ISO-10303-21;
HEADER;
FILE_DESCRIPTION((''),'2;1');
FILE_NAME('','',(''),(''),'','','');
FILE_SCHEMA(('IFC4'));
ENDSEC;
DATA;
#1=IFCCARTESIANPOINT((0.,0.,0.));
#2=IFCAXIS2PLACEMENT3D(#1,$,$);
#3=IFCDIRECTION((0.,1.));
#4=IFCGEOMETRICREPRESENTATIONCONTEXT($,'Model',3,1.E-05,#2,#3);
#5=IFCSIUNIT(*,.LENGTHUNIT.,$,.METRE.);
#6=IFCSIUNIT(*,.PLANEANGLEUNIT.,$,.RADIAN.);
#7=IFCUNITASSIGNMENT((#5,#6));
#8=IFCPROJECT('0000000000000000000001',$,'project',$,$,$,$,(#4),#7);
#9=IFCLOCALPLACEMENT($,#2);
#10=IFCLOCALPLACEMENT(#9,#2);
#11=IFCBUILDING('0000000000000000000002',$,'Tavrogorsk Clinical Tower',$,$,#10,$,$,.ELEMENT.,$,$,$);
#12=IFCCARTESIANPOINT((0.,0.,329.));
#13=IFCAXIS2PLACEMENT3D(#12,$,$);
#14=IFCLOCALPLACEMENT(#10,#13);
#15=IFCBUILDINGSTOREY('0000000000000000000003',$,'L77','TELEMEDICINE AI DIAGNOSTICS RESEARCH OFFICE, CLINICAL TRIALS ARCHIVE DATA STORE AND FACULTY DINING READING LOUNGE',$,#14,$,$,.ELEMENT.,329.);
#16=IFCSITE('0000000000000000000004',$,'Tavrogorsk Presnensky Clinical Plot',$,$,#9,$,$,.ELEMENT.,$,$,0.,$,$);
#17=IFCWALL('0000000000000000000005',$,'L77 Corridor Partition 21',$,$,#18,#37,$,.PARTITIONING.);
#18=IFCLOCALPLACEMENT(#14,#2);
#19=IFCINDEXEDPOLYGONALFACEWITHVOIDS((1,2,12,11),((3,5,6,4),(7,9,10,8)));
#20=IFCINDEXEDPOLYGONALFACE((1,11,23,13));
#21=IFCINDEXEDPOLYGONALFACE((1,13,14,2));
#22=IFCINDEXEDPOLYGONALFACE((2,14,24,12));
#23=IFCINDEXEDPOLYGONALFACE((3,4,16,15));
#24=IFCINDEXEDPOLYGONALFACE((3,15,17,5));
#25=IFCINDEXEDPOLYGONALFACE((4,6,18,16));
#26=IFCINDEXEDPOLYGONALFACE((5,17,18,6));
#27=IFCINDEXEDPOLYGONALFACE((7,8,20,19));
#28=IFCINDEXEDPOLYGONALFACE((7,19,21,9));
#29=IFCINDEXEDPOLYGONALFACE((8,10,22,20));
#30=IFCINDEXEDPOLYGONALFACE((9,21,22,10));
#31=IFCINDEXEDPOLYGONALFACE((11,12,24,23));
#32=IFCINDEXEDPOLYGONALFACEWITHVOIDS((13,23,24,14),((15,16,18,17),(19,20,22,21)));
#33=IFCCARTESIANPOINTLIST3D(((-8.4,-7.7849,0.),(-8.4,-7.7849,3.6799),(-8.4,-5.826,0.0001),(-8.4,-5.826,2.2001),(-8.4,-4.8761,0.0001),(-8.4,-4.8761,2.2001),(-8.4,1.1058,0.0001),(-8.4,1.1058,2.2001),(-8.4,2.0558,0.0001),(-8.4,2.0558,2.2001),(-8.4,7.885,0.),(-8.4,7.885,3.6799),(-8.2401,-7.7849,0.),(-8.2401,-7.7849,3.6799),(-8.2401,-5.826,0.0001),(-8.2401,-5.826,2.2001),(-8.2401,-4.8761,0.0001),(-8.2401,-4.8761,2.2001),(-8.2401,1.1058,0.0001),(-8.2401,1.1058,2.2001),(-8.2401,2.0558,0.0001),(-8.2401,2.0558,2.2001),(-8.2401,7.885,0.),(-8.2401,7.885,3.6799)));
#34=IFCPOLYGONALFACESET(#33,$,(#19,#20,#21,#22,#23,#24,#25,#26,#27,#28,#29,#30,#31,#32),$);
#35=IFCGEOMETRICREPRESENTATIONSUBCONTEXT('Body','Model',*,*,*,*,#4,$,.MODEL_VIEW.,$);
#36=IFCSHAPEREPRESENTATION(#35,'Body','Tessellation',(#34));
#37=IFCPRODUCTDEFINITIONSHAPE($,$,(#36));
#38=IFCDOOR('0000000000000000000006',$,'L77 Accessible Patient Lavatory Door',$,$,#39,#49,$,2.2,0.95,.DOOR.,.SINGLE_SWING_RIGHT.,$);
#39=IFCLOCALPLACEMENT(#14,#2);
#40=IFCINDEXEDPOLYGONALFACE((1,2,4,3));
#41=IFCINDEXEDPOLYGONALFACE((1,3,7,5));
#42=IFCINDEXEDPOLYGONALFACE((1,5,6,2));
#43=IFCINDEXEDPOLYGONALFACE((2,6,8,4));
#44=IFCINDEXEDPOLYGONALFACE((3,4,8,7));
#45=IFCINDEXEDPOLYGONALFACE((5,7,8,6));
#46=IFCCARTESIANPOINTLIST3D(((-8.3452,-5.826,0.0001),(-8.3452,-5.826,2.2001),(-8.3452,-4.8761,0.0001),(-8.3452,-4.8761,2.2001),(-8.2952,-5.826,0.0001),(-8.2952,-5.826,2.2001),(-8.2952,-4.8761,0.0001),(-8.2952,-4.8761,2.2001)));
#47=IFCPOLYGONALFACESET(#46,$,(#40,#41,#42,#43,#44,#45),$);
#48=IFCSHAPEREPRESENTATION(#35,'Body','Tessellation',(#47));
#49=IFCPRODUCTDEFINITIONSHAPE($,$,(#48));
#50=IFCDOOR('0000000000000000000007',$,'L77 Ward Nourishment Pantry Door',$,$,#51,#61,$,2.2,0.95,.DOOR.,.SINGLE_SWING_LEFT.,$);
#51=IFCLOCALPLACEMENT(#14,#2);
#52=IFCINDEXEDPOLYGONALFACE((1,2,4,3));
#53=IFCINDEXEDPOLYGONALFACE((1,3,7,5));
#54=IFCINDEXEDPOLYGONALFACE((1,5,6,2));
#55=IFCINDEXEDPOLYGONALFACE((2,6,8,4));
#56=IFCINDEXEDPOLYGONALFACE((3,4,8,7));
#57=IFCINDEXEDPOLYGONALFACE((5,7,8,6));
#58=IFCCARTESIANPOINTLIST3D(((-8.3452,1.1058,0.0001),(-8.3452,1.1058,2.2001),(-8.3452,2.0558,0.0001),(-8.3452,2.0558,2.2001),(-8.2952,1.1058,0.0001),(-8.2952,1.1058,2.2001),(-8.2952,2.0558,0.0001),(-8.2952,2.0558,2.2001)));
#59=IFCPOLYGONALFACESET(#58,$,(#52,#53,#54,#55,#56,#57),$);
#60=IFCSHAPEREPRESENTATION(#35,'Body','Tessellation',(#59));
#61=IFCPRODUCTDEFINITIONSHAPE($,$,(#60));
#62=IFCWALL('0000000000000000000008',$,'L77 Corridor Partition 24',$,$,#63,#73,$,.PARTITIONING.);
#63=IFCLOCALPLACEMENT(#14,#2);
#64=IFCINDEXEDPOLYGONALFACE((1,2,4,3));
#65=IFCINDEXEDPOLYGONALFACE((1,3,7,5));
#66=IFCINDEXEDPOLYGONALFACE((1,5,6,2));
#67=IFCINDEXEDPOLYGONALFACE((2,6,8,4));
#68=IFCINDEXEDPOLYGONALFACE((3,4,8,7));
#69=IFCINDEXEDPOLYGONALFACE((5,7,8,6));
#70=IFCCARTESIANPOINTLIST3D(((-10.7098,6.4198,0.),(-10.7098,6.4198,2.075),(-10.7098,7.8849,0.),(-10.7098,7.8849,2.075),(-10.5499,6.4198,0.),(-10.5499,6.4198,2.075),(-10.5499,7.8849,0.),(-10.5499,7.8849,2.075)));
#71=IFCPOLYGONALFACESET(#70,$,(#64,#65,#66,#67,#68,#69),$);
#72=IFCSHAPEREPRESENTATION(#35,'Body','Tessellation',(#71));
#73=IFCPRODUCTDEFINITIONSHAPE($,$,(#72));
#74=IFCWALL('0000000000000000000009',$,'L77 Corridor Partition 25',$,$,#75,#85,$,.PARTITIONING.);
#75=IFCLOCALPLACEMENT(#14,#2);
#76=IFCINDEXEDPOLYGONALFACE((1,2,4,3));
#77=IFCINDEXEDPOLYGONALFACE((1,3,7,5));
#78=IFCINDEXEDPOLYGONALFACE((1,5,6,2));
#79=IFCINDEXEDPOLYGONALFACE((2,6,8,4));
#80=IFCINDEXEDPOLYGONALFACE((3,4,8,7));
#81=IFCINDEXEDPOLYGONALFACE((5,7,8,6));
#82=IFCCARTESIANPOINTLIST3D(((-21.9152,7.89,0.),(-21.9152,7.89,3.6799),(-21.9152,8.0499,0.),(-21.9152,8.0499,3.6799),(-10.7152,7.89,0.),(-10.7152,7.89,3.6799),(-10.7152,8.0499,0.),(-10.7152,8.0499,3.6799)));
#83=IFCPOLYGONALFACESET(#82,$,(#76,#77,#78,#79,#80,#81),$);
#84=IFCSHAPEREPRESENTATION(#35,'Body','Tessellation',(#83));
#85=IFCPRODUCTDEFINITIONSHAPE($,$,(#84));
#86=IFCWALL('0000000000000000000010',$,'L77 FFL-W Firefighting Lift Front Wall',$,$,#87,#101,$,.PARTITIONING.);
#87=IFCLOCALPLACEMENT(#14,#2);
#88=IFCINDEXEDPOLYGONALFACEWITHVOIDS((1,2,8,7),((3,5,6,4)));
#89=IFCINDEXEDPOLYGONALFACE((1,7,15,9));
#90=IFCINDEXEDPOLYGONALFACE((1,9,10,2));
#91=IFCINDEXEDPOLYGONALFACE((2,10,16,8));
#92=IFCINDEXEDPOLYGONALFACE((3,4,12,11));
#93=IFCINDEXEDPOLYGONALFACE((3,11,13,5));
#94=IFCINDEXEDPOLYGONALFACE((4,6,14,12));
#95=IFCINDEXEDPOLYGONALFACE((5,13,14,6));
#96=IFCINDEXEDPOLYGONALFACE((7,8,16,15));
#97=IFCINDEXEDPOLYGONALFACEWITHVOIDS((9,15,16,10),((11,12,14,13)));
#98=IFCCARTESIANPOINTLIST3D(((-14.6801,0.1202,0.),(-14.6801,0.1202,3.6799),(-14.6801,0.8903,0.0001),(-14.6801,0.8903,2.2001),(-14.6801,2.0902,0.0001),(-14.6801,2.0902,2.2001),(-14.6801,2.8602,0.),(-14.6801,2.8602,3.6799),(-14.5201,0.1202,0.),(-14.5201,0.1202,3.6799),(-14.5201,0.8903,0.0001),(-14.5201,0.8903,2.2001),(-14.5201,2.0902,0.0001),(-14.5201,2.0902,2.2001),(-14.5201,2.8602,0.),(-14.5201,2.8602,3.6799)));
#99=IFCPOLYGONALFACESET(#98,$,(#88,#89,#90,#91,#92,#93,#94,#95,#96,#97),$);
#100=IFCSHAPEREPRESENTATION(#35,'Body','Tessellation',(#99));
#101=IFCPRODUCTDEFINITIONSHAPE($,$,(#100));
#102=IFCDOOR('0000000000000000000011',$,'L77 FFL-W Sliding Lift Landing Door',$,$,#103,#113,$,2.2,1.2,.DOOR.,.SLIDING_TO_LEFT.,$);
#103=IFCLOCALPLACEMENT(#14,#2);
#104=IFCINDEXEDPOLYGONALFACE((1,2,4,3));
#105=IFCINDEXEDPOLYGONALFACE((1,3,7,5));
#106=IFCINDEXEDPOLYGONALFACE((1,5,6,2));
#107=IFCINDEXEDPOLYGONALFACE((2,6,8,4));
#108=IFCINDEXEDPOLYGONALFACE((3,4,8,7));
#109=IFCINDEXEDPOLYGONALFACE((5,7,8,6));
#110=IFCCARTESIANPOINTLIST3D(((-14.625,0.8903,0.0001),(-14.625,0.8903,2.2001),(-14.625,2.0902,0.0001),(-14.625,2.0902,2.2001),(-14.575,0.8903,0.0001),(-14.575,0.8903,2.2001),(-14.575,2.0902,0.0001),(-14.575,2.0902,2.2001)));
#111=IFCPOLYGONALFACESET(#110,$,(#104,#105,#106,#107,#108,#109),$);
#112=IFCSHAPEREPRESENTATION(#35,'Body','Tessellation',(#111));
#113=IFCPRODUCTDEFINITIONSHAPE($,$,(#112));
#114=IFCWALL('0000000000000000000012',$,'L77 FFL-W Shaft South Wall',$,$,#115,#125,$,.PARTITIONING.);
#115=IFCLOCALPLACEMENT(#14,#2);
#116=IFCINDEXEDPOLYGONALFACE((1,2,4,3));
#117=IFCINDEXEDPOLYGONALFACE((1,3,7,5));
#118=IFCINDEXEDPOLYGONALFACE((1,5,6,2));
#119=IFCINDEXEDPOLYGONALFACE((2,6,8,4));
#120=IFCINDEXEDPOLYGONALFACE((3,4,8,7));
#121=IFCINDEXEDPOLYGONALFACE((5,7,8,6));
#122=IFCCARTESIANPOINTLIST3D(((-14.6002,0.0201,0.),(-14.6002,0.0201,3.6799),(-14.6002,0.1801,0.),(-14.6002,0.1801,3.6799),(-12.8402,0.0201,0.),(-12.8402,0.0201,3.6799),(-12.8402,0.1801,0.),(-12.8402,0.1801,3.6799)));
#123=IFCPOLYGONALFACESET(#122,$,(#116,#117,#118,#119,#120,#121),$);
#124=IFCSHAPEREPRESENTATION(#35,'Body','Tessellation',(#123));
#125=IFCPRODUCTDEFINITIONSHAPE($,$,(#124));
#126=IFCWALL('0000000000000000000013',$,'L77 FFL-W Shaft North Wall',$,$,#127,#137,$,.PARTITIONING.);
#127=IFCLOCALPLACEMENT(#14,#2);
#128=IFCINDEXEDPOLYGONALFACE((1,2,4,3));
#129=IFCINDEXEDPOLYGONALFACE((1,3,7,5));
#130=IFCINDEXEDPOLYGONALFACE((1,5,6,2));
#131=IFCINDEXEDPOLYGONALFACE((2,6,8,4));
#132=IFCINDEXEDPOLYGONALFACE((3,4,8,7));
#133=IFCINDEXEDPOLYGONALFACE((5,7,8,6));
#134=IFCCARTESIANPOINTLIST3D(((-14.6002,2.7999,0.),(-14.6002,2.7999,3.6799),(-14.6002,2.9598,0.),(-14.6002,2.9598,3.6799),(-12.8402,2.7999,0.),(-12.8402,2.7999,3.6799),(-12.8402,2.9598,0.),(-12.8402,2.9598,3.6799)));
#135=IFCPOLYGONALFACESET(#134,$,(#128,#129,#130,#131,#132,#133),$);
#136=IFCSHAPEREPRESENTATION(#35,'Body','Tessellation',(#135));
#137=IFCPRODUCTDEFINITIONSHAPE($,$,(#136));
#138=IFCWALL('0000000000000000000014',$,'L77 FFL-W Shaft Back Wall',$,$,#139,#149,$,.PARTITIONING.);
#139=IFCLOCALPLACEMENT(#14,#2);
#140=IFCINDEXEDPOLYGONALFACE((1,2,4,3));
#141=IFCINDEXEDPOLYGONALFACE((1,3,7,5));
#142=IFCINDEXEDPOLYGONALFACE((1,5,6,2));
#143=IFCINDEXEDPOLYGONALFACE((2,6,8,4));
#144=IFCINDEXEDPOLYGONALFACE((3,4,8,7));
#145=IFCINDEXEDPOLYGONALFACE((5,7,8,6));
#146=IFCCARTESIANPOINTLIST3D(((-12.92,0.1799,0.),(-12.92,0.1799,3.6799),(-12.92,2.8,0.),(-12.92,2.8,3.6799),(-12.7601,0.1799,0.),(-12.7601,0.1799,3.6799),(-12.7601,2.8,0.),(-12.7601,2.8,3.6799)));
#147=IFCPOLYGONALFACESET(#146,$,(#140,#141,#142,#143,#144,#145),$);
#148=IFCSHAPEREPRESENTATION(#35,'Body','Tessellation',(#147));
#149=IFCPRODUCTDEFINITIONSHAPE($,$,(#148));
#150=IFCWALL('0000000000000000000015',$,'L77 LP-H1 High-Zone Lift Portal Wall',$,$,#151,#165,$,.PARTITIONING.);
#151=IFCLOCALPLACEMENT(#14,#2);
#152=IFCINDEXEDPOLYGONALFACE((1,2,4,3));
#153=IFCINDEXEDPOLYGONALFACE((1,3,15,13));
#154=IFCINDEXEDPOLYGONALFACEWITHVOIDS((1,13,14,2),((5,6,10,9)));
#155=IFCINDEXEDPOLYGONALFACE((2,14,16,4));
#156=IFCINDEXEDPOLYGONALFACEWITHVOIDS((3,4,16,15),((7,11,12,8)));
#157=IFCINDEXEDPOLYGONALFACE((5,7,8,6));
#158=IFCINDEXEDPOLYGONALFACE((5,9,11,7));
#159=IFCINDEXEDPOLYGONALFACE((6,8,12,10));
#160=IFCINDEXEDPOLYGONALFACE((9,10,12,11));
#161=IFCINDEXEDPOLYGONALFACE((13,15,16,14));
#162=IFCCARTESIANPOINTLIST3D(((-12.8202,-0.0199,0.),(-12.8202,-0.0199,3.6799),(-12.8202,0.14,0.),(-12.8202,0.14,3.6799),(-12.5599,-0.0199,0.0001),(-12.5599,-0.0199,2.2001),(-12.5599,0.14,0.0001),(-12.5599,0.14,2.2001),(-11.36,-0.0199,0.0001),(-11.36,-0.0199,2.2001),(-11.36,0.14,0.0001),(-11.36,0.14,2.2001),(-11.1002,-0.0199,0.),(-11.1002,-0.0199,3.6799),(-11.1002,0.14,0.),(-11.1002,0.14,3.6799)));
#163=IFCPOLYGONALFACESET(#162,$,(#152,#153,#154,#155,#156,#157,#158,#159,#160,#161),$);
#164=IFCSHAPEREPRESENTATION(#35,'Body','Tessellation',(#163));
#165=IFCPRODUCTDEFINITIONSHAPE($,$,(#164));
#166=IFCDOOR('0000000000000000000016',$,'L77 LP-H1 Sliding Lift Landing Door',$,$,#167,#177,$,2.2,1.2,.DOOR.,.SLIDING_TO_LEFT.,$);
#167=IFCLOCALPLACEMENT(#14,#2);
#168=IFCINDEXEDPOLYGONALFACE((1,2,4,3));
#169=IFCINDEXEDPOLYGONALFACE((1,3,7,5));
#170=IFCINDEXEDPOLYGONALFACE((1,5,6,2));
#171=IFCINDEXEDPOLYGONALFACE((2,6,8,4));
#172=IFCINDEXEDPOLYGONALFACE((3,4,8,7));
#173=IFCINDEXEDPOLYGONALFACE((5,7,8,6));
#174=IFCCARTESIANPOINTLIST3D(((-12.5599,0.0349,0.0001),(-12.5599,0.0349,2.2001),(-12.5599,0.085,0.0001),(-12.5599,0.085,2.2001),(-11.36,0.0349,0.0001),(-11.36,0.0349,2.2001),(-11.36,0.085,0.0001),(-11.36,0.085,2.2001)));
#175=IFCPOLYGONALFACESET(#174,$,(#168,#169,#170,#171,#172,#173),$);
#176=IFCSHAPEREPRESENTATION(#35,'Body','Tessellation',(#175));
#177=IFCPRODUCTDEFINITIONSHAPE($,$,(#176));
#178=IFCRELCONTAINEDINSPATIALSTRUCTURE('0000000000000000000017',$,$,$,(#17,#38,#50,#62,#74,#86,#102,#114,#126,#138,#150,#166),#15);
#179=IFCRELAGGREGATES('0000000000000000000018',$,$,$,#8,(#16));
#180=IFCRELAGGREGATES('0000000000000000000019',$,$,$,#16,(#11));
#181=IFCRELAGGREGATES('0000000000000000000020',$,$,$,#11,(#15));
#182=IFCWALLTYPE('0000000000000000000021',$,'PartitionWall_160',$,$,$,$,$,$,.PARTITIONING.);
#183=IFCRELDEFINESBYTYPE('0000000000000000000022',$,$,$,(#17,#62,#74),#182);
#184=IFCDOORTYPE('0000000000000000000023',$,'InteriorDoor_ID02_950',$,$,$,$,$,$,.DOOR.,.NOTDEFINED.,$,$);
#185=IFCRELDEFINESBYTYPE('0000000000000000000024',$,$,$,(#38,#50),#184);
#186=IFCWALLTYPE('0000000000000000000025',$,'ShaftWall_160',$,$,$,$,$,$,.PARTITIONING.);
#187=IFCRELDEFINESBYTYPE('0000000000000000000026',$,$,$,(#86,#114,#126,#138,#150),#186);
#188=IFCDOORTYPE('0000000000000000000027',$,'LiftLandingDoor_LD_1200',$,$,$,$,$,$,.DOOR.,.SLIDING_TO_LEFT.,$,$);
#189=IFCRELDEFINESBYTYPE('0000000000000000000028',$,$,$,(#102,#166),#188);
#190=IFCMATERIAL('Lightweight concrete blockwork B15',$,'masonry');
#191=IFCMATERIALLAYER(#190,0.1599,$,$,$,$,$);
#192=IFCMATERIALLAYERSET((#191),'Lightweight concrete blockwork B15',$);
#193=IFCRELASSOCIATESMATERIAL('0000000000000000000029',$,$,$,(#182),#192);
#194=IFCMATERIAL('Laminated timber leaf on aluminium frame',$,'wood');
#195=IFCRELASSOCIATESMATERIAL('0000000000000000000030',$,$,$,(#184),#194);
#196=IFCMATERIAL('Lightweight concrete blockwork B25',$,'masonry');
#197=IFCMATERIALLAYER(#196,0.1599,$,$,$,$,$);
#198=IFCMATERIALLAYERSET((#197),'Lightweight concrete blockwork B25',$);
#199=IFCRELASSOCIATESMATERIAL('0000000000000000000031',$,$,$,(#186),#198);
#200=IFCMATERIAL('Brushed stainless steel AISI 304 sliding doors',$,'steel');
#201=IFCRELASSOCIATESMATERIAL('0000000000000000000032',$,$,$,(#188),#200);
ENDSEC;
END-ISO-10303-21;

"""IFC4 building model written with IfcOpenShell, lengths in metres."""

from ifc_helpers import new_model, si_unit, direction, frame, frame_2d, origin, place, context, subcontext, project, spatial, rectangle, extrude, material, layer, layer_set, type_object, element, fill, save


model = new_model("IFC4")

# Units and contexts
model_context = context("Model", 3, precision=1e-05, world=origin(), true_north=direction((0.0, 1.0)))
body_context = subcontext(model_context, "Body", "Model", "MODEL_VIEW")
ifc_project = project(units=[si_unit("LENGTHUNIT", "METRE"), si_unit("PLANEANGLEUNIT", "RADIAN")], contexts=[model_context])

# Site, building, storey
site_placement = place(None, origin())
site = spatial("IfcSite", under=ifc_project, at=site_placement, Name="Tavrogorsk Presnensky Clinical Plot", CompositionType="ELEMENT", RefElevation=0.0)
building_placement = place(site_placement, origin())
building = spatial("IfcBuilding", under=site, at=building_placement, Name="Tavrogorsk Clinical Tower", CompositionType="ELEMENT")
storey_placement = place(building_placement, frame((0.0, 0.0, 329.0)))
storey = spatial("IfcBuildingStorey", under=building, at=storey_placement, Name="L77", Description="TELEMEDICINE AI DIAGNOSTICS RESEARCH OFFICE, CLINICAL TRIALS ARCHIVE DATA STORE AND FACULTY DINING READING LOUNGE", CompositionType="ELEMENT", Elevation=329.0)

# Shared definitions
ifc_material_1 = material(Name="Lightweight concrete blockwork B15", Category="masonry")
ifc_layer_1 = layer(ifc_material_1, 0.1599)
ifc_layer_set_1 = layer_set([ifc_layer_1], Name="Lightweight concrete blockwork B15")
wall_type_1 = type_object("IfcWallType", Name="PartitionWall_160", PredefinedType="PARTITIONING", material=ifc_layer_set_1)
ifc_material_2 = material(Name="Laminated timber leaf on aluminium frame", Category="wood")
door_type_1 = type_object("IfcDoorType", Name="InteriorDoor_ID02_950", OperationType="NOTDEFINED", PredefinedType="DOOR", material=ifc_material_2)

# Wall, openings, doors
wall_1_placement = place(storey_placement, frame((-8.3201, 7.885, 0.0), z_axis=(0.0, 0.0, 1.0), x_axis=(0.0, -1.0, 0.0)))
wall_1 = element("IfcWall", 1, at=wall_1_placement, inside=storey, type_object=wall_type_1, Name="L77 Corridor Partition 21", PredefinedType="PARTITIONING", context=body_context, shape_type="SweptSolid", body=[
    extrude(rectangle(XDim=15.6699, YDim=0.1599, at=frame_2d((7.835, 0.0))), origin(), (0.0, 0.0, 1.0), 3.6799),
])
opening_1_placement = place(wall_1_placement, frame((12.761, 0.0, 0.0)))
opening_1 = element("IfcOpeningElement", 2, at=opening_1_placement, cuts=wall_1, PredefinedType="OPENING", context=body_context, shape_type="SweptSolid", body=[
    extrude(rectangle(XDim=0.95, YDim=2.2, at=frame_2d((0.4751, 1.1001))), frame((0.0, 0.0898, 0.0), z_axis=(0.0, -1.0, 0.0), x_axis=(1.0, 0.0, 0.0)), (0.0, 0.0, 1.0), 0.1799),
])
opening_2_placement = place(wall_1_placement, frame((5.8291, 0.0, 0.0)))
opening_2 = element("IfcOpeningElement", 3, at=opening_2_placement, cuts=wall_1, PredefinedType="OPENING", context=body_context, shape_type="SweptSolid", body=[
    extrude(rectangle(XDim=0.95, YDim=2.2, at=frame_2d((0.4751, 1.1001))), frame((0.0, 0.0898, 0.0), z_axis=(0.0, -1.0, 0.0), x_axis=(1.0, 0.0, 0.0)), (0.0, 0.0, 1.0), 0.1799),
])
door_1_placement = place(opening_1_placement, origin())
door_1 = element("IfcDoor", 4, at=door_1_placement, inside=storey, type_object=door_type_1, Name="L77 Accessible Patient Lavatory Door", OperationType="SINGLE_SWING_RIGHT", OverallHeight=2.2, OverallWidth=0.95, PredefinedType="DOOR", context=body_context, shape_type="SweptSolid", body=[
    extrude(rectangle(XDim=0.95, YDim=2.2, at=frame_2d((0.4751, 1.1001))), frame((0.0, 0.0249, 0.0), z_axis=(0.0, -1.0, 0.0), x_axis=(1.0, 0.0, 0.0)), (0.0, 0.0, 1.0), 0.05),
])
fill(opening_1, door_1)
door_2_placement = place(opening_2_placement, origin())
door_2 = element("IfcDoor", 5, at=door_2_placement, inside=storey, type_object=door_type_1, Name="L77 Ward Nourishment Pantry Door", OperationType="SINGLE_SWING_LEFT", OverallHeight=2.2, OverallWidth=0.95, PredefinedType="DOOR", context=body_context, shape_type="SweptSolid", body=[
    extrude(rectangle(XDim=0.95, YDim=2.2, at=frame_2d((0.4751, 1.1001))), frame((0.0, 0.0249, 0.0), z_axis=(0.0, -1.0, 0.0), x_axis=(1.0, 0.0, 0.0)), (0.0, 0.0, 1.0), 0.05),
])
fill(opening_2, door_2)

# Walls
wall_2_placement = place(storey_placement, frame((-10.6299, 6.4199, 0.0), z_axis=(0.0, 0.0, 1.0), x_axis=(0.0, 1.0, 0.0)))
element("IfcWall", 6, at=wall_2_placement, inside=storey, type_object=wall_type_1, Name="L77 Corridor Partition 24", PredefinedType="PARTITIONING", context=body_context, shape_type="SweptSolid", body=[
    extrude(rectangle(XDim=1.4651, YDim=0.1599, at=frame_2d((0.7324, 0.0))), origin(), (0.0, 0.0, 1.0), 2.075),
])
wall_3_placement = place(storey_placement, frame((-10.7151, 7.97, 0.0), z_axis=(0.0, 0.0, 1.0), x_axis=(-1.0, 0.0, 0.0)))
element("IfcWall", 7, at=wall_3_placement, inside=storey, type_object=wall_type_1, Name="L77 Corridor Partition 25", PredefinedType="PARTITIONING", context=body_context, shape_type="SweptSolid", body=[
    extrude(rectangle(XDim=11.2, YDim=0.1599, at=frame_2d((5.6001, 0.0))), origin(), (0.0, 0.0, 1.0), 3.6799),
])

# Wall, opening, door
ifc_material_3 = material(Name="Lightweight concrete blockwork B25", Category="masonry")
ifc_layer_2 = layer(ifc_material_3, 0.1599)
ifc_layer_set_2 = layer_set([ifc_layer_2], Name="Lightweight concrete blockwork B25")
wall_type_2 = type_object("IfcWallType", Name="ShaftWall_160", PredefinedType="PARTITIONING", material=ifc_layer_set_2)
wall_4_placement = place(storey_placement, frame((-14.6001, 0.1201, 0.0), z_axis=(0.0, 0.0, 1.0), x_axis=(0.0, 1.0, 0.0)))
wall_4 = element("IfcWall", 8, at=wall_4_placement, inside=storey, type_object=wall_type_2, Name="L77 FFL-W Firefighting Lift Front Wall", PredefinedType="PARTITIONING", context=body_context, shape_type="SweptSolid", body=[
    extrude(rectangle(XDim=2.74, YDim=0.1599, at=frame_2d((1.3701, 0.0))), origin(), (0.0, 0.0, 1.0), 3.6799),
])
opening_3_placement = place(wall_4_placement, frame((0.77, 0.0, 0.0)))
opening_3 = element("IfcOpeningElement", 9, at=opening_3_placement, cuts=wall_4, PredefinedType="OPENING", context=body_context, shape_type="SweptSolid", body=[
    extrude(rectangle(XDim=1.2, YDim=2.2, at=frame_2d((0.6001, 1.1001))), frame((0.0, 0.0898, 0.0), z_axis=(0.0, -1.0, 0.0), x_axis=(1.0, 0.0, 0.0)), (0.0, 0.0, 1.0), 0.1799),
])
ifc_material_4 = material(Name="Brushed stainless steel AISI 304 sliding doors", Category="steel")
door_type_2 = type_object("IfcDoorType", Name="LiftLandingDoor_LD_1200", OperationType="SLIDING_TO_LEFT", PredefinedType="DOOR", material=ifc_material_4)
door_3_placement = place(opening_3_placement, origin())
door_3 = element("IfcDoor", 10, at=door_3_placement, inside=storey, type_object=door_type_2, Name="L77 FFL-W Sliding Lift Landing Door", OperationType="SLIDING_TO_LEFT", OverallHeight=2.2, OverallWidth=1.2, PredefinedType="DOOR", context=body_context, shape_type="SweptSolid", body=[
    extrude(rectangle(XDim=1.2, YDim=2.2, at=frame_2d((0.6001, 1.1001))), frame((0.0, 0.0249, 0.0), z_axis=(0.0, -1.0, 0.0), x_axis=(1.0, 0.0, 0.0)), (0.0, 0.0, 1.0), 0.05),
])
fill(opening_3, door_3)

# Walls
for number, where, z_axis, x_axis, name in (
    (11, (-14.6001, 0.1001, 0.0), (0.0, 0.0, 1.0), (1.0, 0.0, 0.0), "L77 FFL-W Shaft South Wall"),
    (12, (-14.6001, 2.8799, 0.0), (0.0, 0.0, 1.0), (1.0, 0.0, 0.0), "L77 FFL-W Shaft North Wall"),
):
    element("IfcWall", number, at=place(storey_placement, frame(where, z_axis=z_axis, x_axis=x_axis)), inside=storey, type_object=wall_type_2, Name=name, PredefinedType="PARTITIONING", context=body_context, shape_type="SweptSolid", body=[
        extrude(rectangle(XDim=1.76, YDim=0.1599, at=frame_2d((0.8799, 0.0))), origin(), (0.0, 0.0, 1.0), 3.6799),
    ])
wall_5_placement = place(storey_placement, frame((-12.8401, 0.1799, 0.0), z_axis=(0.0, 0.0, 1.0), x_axis=(0.0, 1.0, 0.0)))
element("IfcWall", 13, at=wall_5_placement, inside=storey, type_object=wall_type_2, Name="L77 FFL-W Shaft Back Wall", PredefinedType="PARTITIONING", context=body_context, shape_type="SweptSolid", body=[
    extrude(rectangle(XDim=2.6201, YDim=0.1599, at=frame_2d((1.3101, 0.0))), origin(), (0.0, 0.0, 1.0), 3.6799),
])

# Wall, opening, door
wall_6_placement = place(storey_placement, frame((-12.8201, 0.0601, 0.0), z_axis=(0.0, 0.0, 1.0), x_axis=(1.0, 0.0, 0.0)))
wall_6 = element("IfcWall", 14, at=wall_6_placement, inside=storey, type_object=wall_type_2, Name="L77 LP-H1 High-Zone Lift Portal Wall", PredefinedType="PARTITIONING", context=body_context, shape_type="SweptSolid", body=[
    extrude(rectangle(XDim=1.72, YDim=0.1599, at=frame_2d((0.8599, 0.0))), origin(), (0.0, 0.0, 1.0), 3.6799),
])
opening_4_placement = place(wall_6_placement, frame((0.26, 0.0, 0.0)))
opening_4 = element("IfcOpeningElement", 15, at=opening_4_placement, cuts=wall_6, PredefinedType="OPENING", context=body_context, shape_type="SweptSolid", body=[
    extrude(rectangle(XDim=1.2, YDim=2.2, at=frame_2d((0.6001, 1.1001))), frame((0.0, 0.0898, 0.0), z_axis=(0.0, -1.0, 0.0), x_axis=(1.0, 0.0, 0.0)), (0.0, 0.0, 1.0), 0.1799),
])
door_4_placement = place(opening_4_placement, origin())
door_4 = element("IfcDoor", 16, at=door_4_placement, inside=storey, type_object=door_type_2, Name="L77 LP-H1 Sliding Lift Landing Door", OperationType="SLIDING_TO_LEFT", OverallHeight=2.2, OverallWidth=1.2, PredefinedType="DOOR", context=body_context, shape_type="SweptSolid", body=[
    extrude(rectangle(XDim=1.2, YDim=2.2, at=frame_2d((0.6001, 1.1001))), frame((0.0, 0.0249, 0.0), z_axis=(0.0, -1.0, 0.0), x_axis=(1.0, 0.0, 0.0)), (0.0, 0.0, 1.0), 0.05),
])
fill(opening_4, door_4)

save(model, "model.ifc")
